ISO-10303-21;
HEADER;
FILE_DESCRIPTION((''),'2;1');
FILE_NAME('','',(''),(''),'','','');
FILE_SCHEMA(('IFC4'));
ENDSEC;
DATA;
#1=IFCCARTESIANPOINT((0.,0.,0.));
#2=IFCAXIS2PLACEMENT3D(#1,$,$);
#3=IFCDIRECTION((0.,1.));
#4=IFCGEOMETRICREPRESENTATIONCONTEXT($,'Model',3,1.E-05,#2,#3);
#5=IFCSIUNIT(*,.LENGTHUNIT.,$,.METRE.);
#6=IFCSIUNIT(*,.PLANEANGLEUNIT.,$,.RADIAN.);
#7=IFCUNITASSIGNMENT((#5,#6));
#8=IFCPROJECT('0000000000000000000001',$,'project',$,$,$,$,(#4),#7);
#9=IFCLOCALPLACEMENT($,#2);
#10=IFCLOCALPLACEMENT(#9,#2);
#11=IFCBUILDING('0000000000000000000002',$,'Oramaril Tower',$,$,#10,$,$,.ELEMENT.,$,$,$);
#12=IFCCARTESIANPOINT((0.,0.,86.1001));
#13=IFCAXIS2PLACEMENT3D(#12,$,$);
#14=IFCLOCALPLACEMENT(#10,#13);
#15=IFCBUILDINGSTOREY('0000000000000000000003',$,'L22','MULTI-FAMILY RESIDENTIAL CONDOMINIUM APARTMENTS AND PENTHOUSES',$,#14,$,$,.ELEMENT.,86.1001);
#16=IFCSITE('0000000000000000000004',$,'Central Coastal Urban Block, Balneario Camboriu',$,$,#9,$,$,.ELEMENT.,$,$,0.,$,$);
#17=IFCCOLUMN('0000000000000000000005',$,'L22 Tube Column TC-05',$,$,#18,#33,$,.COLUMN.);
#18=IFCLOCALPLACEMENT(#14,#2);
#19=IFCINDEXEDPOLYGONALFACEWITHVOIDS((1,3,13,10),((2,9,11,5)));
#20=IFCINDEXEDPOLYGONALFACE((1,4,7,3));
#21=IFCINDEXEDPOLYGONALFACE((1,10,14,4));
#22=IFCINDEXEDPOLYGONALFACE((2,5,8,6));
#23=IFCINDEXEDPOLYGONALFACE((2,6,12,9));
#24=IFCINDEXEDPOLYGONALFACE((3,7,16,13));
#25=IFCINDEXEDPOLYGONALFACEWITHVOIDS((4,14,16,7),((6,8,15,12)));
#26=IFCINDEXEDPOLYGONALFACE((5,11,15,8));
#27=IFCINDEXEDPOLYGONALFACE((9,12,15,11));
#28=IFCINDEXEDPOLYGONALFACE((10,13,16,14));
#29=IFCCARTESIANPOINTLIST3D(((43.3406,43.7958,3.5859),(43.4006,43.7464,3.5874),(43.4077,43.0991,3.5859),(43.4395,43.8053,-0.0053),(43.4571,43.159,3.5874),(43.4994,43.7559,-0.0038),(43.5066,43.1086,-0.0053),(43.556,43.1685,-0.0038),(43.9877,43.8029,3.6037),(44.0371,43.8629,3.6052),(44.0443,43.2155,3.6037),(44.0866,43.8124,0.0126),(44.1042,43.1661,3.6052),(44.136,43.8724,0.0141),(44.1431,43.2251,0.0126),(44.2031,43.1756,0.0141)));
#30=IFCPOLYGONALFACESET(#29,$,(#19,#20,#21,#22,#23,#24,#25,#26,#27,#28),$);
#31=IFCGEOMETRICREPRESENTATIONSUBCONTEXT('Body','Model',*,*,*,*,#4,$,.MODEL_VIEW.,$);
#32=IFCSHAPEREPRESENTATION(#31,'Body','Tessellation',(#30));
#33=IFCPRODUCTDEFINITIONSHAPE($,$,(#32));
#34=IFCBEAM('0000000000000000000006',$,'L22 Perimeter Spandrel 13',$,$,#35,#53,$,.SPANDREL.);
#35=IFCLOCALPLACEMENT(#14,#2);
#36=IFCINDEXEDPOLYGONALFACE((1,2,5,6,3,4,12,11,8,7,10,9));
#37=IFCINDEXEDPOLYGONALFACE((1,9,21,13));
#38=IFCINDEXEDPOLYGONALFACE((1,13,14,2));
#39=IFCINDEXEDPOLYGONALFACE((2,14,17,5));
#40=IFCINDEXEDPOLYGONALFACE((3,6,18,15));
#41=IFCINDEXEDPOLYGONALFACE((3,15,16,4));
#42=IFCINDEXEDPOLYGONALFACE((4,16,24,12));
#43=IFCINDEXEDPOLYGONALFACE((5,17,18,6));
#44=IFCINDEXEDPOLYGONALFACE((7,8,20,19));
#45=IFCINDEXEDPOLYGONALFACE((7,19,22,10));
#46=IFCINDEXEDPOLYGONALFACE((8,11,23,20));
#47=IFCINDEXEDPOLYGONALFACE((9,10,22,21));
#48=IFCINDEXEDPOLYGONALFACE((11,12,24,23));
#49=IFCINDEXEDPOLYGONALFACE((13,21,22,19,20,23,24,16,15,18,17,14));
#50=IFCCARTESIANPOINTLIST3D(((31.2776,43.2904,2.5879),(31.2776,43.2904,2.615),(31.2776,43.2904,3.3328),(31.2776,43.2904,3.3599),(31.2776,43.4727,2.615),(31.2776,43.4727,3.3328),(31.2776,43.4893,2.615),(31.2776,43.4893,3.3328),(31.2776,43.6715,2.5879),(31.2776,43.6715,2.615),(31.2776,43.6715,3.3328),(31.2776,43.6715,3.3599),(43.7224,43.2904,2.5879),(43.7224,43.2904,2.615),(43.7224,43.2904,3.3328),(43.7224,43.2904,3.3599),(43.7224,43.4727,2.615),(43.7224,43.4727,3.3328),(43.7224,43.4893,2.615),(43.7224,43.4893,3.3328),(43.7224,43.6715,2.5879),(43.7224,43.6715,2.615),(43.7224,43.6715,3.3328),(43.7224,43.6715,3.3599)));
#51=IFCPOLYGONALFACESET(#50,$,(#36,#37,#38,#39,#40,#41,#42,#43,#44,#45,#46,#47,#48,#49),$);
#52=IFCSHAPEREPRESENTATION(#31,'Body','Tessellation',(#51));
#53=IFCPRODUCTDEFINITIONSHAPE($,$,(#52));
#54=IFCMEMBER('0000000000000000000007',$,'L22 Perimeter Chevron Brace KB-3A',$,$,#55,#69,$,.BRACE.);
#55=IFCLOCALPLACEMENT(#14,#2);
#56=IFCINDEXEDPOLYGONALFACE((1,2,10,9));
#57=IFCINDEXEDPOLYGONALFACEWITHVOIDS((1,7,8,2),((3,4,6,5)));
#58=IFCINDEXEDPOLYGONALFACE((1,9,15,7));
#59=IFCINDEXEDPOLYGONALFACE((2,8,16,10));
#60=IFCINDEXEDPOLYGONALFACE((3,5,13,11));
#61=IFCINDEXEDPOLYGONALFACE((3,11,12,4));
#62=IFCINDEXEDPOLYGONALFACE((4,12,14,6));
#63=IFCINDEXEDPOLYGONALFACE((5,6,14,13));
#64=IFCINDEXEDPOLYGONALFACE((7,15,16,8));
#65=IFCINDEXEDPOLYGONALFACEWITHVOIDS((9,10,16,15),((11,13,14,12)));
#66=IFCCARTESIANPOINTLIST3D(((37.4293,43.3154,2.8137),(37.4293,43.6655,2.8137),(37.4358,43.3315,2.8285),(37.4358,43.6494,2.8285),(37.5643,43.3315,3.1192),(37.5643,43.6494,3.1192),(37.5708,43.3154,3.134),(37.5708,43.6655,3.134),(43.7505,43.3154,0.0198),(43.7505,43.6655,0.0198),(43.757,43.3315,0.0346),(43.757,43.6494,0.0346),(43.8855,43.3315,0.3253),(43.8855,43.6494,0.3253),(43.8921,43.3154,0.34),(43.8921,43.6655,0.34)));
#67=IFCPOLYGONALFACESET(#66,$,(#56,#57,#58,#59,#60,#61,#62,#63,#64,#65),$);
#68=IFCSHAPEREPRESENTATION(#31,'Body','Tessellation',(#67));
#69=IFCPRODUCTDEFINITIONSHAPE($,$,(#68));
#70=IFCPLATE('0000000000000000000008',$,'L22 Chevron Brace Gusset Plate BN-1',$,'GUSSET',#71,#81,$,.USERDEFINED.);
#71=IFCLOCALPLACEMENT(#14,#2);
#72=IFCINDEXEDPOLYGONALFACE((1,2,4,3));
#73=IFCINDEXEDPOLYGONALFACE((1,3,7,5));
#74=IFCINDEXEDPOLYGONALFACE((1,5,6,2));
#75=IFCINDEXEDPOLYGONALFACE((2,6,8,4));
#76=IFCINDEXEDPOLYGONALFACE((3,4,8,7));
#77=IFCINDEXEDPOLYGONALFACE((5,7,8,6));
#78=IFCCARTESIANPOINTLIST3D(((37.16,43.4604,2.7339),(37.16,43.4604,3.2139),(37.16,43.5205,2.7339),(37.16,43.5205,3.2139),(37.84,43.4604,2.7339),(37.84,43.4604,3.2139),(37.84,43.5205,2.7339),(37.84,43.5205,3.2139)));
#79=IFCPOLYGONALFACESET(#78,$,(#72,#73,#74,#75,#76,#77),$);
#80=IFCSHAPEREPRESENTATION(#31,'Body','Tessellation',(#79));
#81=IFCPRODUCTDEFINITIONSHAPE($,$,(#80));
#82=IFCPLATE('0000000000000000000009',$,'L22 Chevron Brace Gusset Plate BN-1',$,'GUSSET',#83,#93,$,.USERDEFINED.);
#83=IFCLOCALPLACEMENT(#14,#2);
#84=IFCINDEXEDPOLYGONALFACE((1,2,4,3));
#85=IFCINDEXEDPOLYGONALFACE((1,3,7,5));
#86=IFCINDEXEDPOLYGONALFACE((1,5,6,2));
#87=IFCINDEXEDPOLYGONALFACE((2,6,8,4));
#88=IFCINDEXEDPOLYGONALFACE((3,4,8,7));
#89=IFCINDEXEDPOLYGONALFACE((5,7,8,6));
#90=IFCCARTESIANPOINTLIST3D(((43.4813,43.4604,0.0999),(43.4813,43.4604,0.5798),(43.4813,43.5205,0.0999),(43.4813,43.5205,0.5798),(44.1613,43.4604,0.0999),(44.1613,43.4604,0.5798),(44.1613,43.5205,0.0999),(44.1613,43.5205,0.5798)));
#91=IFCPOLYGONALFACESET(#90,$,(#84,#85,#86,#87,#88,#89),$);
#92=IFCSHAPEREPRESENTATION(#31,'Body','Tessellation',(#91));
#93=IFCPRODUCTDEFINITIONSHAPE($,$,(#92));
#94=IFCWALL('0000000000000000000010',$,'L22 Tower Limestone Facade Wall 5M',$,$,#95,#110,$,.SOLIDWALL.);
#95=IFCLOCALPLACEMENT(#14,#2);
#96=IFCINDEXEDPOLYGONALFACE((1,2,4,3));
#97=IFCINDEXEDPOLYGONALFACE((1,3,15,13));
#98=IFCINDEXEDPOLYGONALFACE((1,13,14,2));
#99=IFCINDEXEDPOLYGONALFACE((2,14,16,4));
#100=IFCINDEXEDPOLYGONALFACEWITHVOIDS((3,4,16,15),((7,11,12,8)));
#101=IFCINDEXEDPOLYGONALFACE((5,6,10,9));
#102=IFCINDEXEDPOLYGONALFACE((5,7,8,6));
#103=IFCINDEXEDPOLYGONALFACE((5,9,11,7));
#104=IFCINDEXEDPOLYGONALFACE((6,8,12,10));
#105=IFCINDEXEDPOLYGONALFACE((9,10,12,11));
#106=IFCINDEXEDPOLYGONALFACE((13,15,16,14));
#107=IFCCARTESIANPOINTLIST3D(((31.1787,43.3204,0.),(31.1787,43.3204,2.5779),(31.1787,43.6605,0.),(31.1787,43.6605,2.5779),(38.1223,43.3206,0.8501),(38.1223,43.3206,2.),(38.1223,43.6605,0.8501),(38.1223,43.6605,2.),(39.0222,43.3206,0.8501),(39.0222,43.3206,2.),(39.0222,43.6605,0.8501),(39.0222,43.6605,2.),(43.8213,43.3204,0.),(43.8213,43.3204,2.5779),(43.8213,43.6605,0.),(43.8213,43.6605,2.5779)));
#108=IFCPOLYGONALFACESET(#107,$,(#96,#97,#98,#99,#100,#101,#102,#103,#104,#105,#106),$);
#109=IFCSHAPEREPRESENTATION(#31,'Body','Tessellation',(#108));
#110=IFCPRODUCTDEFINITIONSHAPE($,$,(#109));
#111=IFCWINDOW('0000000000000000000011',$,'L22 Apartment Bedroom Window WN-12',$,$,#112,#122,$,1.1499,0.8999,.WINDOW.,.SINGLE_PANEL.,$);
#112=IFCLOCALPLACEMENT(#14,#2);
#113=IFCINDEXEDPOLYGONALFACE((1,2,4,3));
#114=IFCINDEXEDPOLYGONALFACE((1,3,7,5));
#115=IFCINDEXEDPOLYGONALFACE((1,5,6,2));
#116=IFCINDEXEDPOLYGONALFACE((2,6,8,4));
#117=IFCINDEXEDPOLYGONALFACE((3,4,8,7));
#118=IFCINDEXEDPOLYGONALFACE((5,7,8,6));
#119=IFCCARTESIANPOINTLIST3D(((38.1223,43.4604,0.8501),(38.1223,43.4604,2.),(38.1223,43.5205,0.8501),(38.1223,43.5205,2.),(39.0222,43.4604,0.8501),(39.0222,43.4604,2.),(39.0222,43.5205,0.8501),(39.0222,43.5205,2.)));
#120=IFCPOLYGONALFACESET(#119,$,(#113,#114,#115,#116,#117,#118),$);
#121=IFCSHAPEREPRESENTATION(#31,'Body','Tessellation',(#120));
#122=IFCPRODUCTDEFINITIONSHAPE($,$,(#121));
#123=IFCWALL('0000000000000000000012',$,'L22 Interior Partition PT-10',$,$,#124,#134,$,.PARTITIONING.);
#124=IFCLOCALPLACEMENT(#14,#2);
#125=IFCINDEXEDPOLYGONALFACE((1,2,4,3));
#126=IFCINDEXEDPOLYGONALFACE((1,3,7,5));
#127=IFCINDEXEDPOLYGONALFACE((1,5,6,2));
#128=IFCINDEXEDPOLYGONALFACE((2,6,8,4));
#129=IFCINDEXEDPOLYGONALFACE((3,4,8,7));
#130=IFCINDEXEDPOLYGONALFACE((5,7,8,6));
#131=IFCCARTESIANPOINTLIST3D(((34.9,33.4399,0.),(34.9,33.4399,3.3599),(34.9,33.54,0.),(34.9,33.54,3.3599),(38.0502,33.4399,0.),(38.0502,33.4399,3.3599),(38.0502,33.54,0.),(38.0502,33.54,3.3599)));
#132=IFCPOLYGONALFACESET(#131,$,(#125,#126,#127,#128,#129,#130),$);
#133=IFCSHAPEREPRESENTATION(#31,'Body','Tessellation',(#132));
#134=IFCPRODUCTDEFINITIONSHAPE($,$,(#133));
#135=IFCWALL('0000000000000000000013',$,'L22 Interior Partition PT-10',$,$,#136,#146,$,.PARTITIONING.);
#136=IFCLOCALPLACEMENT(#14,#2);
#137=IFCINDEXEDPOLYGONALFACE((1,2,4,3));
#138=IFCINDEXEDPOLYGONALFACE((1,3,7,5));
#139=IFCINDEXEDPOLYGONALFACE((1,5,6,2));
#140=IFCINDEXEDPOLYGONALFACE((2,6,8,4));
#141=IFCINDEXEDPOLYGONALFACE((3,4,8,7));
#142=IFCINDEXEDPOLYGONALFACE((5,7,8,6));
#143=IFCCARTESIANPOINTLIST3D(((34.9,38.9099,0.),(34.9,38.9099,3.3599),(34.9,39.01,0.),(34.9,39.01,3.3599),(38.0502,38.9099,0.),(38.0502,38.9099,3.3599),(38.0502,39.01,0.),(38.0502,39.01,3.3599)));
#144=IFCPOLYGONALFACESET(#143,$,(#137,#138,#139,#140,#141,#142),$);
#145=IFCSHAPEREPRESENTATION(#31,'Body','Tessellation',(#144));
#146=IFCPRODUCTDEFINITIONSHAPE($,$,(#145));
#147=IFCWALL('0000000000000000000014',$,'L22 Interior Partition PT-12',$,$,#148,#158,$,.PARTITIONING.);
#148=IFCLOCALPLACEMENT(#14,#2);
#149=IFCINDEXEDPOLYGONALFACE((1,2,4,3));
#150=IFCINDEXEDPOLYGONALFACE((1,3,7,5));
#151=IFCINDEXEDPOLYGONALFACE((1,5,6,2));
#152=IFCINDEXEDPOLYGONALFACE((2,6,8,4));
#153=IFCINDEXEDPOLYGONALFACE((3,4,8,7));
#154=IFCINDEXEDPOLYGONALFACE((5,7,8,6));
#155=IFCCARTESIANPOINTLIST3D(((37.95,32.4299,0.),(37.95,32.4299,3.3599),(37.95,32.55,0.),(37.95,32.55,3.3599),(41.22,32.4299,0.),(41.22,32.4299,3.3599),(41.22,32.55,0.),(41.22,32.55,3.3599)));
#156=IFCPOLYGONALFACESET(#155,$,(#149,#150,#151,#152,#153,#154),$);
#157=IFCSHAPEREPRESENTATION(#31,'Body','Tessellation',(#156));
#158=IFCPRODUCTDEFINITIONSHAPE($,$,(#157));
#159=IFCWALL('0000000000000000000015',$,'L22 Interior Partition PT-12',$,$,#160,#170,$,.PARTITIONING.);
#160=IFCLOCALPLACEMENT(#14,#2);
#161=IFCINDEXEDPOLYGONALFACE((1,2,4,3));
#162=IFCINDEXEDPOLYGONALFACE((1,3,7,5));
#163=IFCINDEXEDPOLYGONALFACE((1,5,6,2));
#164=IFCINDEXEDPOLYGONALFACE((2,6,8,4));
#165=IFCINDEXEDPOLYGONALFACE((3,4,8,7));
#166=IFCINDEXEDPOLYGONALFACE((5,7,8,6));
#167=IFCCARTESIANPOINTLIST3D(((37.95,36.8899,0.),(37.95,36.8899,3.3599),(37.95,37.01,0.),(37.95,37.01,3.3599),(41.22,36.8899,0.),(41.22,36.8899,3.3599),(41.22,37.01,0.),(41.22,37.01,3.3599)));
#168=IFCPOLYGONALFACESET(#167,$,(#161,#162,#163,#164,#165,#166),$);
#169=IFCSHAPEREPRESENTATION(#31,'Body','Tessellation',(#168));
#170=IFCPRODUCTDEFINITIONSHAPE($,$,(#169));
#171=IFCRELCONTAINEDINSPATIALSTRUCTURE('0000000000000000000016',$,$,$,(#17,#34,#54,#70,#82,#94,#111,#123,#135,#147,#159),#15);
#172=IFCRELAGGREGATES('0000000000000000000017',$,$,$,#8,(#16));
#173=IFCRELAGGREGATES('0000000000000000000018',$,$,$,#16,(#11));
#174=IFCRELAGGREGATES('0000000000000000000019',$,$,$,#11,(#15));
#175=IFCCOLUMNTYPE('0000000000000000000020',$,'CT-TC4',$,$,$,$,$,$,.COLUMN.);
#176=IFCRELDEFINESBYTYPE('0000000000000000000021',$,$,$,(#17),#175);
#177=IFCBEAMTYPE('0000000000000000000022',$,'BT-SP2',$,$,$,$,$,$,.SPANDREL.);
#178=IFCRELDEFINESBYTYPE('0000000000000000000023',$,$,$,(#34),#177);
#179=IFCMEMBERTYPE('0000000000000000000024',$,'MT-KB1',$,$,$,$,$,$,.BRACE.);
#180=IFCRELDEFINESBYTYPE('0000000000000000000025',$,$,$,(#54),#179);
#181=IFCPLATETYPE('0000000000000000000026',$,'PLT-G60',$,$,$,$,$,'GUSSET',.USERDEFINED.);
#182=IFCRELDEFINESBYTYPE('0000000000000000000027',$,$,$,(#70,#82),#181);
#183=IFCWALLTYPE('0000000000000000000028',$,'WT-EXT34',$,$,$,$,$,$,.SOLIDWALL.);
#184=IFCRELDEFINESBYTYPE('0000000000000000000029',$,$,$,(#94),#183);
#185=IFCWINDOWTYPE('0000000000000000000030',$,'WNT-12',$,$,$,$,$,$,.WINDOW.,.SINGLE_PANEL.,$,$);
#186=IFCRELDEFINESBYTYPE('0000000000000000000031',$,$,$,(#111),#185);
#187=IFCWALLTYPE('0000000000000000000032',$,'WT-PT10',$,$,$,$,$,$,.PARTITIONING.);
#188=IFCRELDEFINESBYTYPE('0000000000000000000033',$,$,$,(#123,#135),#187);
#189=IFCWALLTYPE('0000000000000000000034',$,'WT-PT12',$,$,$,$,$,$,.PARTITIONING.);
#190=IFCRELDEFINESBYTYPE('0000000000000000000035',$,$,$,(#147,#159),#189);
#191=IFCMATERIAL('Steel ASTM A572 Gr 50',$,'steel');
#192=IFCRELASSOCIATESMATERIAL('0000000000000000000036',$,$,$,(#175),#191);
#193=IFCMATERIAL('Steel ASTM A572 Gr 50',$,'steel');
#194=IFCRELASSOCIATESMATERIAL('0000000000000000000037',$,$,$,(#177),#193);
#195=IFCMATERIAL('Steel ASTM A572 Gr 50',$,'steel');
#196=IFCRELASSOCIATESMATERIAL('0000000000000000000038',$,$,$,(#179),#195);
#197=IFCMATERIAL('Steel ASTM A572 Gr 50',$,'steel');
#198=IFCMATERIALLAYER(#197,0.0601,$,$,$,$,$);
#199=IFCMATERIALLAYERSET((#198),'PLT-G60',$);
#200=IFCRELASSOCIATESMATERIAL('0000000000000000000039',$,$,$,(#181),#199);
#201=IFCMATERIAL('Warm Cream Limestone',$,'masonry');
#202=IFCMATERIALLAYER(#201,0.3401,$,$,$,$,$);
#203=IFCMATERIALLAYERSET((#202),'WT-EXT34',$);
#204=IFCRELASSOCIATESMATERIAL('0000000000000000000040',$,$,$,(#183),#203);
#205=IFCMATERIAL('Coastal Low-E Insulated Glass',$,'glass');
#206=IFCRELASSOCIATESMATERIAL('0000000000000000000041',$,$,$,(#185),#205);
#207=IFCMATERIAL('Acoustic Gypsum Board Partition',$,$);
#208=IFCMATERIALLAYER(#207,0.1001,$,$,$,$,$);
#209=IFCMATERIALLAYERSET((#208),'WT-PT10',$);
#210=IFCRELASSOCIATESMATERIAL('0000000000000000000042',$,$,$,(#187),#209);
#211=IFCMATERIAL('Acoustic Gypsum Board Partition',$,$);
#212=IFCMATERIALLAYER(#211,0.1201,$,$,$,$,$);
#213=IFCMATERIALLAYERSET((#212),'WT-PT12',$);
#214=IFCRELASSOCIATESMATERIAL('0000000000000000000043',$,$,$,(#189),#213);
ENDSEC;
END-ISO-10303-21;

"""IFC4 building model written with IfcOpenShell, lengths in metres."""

from ifc_helpers import new_model, si_unit, direction, frame, frame_2d, origin, origin_2d, place, context, subcontext, project, spatial, rectangle, hollow_rectangle, i_section, extrude, material, layer, layer_set, material_profile, profile_set, type_object, element, fill, save


model = new_model("IFC4")

# Units and contexts
model_context = context("Model", 3, precision=1e-05, world=origin(), true_north=direction((0.0, 1.0)))
body_context = subcontext(model_context, "Body", "Model", "MODEL_VIEW")
ifc_project = project(units=[si_unit("LENGTHUNIT", "METRE"), si_unit("PLANEANGLEUNIT", "RADIAN")], contexts=[model_context])

# Site, building, storey
site_placement = place(None, origin())
site = spatial("IfcSite", under=ifc_project, at=site_placement, Name="Central Coastal Urban Block, Balneario Camboriu", CompositionType="ELEMENT", RefElevation=0.0)
building_placement = place(site_placement, origin())
building = spatial("IfcBuilding", under=site, at=building_placement, Name="Oramaril Tower", CompositionType="ELEMENT")
storey_placement = place(building_placement, frame((0.0, 0.0, 86.1001)))
storey = spatial("IfcBuildingStorey", under=building, at=storey_placement, Name="L22", Description="MULTI-FAMILY RESIDENTIAL CONDOMINIUM APARTMENTS AND PENTHOUSES", CompositionType="ELEMENT", Elevation=86.1001)

# Column
ifc_material_1 = material(Name="Steel ASTM A572 Gr 50", Category="steel")
ifc_material_profile_1 = material_profile(ifc_material_1, hollow_rectangle(XDim=0.7, YDim=0.7, WallThickness=0.0549, at=origin_2d()), Name="BOX700X700X55")
ifc_profile_set_1 = profile_set([ifc_material_profile_1], Name="Steel ASTM A572 Gr 50")
column_type = type_object("IfcColumnType", Name="CT-TC4", PredefinedType="COLUMN", material=ifc_profile_set_1)
column_placement = place(storey_placement, frame((43.8213, 43.4905, 0.0044), z_axis=(-0.027524, -0.00265, 0.999618), x_axis=(0.095853, -0.995396, 0.0)))
element("IfcColumn", 1, at=column_placement, inside=storey, type_object=column_type, Name="L22 Tube Column TC-05", PredefinedType="COLUMN", context=body_context, shape_type="SweptSolid", body=[
    extrude(hollow_rectangle(XDim=0.7, YDim=0.7, WallThickness=0.0549, at=origin_2d()), origin(), (0.0, 0.0, 1.0), 3.5925),
])

# Beam
ifc_material_2 = material(Name="Steel ASTM A572 Gr 50", Category="steel")
ifc_material_profile_2 = material_profile(ifc_material_2, i_section(OverallWidth=0.3811, OverallDepth=0.772, WebThickness=0.0166, FlangeThickness=0.0271, at=origin_2d()), Name="W30X173")
ifc_profile_set_2 = profile_set([ifc_material_profile_2], Name="Steel ASTM A572 Gr 50")
beam_type = type_object("IfcBeamType", Name="BT-SP2", PredefinedType="SPANDREL", material=ifc_profile_set_2)
beam_placement = place(storey_placement, frame((43.7224, 43.481, 2.9739), z_axis=(-1.0, 0.0, 0.0), x_axis=(0.0, -1.0, 0.0)))
element("IfcBeam", 2, at=beam_placement, inside=storey, type_object=beam_type, Name="L22 Perimeter Spandrel 13", PredefinedType="SPANDREL", context=body_context, shape_type="SweptSolid", body=[
    extrude(i_section(OverallWidth=0.3811, OverallDepth=0.772, WebThickness=0.0166, FlangeThickness=0.0271, at=origin_2d()), origin(), (0.0, 0.0, 1.0), 12.4448),
])

# Member
ifc_material_3 = material(Name="Steel ASTM A572 Gr 50", Category="steel")
ifc_material_profile_3 = material_profile(ifc_material_3, hollow_rectangle(XDim=0.3501, YDim=0.3501, WallThickness=0.0161, at=origin_2d()), Name="HSS350X350X16")
ifc_profile_set_3 = profile_set([ifc_material_profile_3], Name="Steel ASTM A572 Gr 50")
member_type = type_object("IfcMemberType", Name="MT-KB1", PredefinedType="BRACE", material=ifc_profile_set_3)
member_placement = place(storey_placement, frame((43.8213, 43.4905, 0.1799), z_axis=(-0.914643, 0.0, 0.404263), x_axis=(0.0, -1.0, 0.0)))
element("IfcMember", 3, at=member_placement, inside=storey, type_object=member_type, Name="L22 Perimeter Chevron Brace KB-3A", PredefinedType="BRACE", context=body_context, shape_type="SweptSolid", body=[
    extrude(hollow_rectangle(XDim=0.3501, YDim=0.3501, WallThickness=0.0161, at=origin_2d()), origin(), (0.0, 0.0, 1.0), 6.9111),
])

# Plates
ifc_material_4 = material(Name="Steel ASTM A572 Gr 50", Category="steel")
ifc_layer_1 = layer(ifc_material_4, 0.0601)
ifc_layer_set_1 = layer_set([ifc_layer_1], Name="PLT-G60")
plate_type = type_object("IfcPlateType", Name="PLT-G60", ElementType="GUSSET", PredefinedType="USERDEFINED", material=ifc_layer_set_1)
for number, where, z_axis, x_axis, name in (
    (4, (37.5, 43.4905, 2.7339), (0.0, 0.0, 1.0), (-1.0, 0.0, 0.0), "L22 Chevron Brace Gusset Plate BN-1"),
    (5, (43.8213, 43.4905, 0.0999), (0.0, 0.0, 1.0), (-1.0, 0.0, 0.0), "L22 Chevron Brace Gusset Plate BN-1"),
):
    element("IfcPlate", number, at=place(storey_placement, frame(where, z_axis=z_axis, x_axis=x_axis)), inside=storey, type_object=plate_type, Name=name, ObjectType="GUSSET", PredefinedType="USERDEFINED", context=body_context, shape_type="SweptSolid", body=[
        extrude(rectangle(XDim=0.6799, YDim=0.0601, at=origin_2d()), origin(), (0.0, 0.0, 1.0), 0.48),
    ])

# Wall, opening, window
ifc_material_5 = material(Name="Warm Cream Limestone", Category="masonry")
ifc_layer_2 = layer(ifc_material_5, 0.3401)
ifc_layer_set_2 = layer_set([ifc_layer_2], Name="WT-EXT34")
wall_type_1 = type_object("IfcWallType", Name="WT-EXT34", PredefinedType="SOLIDWALL", material=ifc_layer_set_2)
wall_1_placement = place(storey_placement, frame((43.8213, 43.4905, 0.0), z_axis=(0.0, 0.0, 1.0), x_axis=(-1.0, 0.0, 0.0)))
wall_1 = element("IfcWall", 6, at=wall_1_placement, inside=storey, type_object=wall_type_1, Name="L22 Tower Limestone Facade Wall 5M", PredefinedType="SOLIDWALL", context=body_context, shape_type="SweptSolid", body=[
    extrude(rectangle(XDim=12.6426, YDim=0.3401, at=frame_2d((6.3213, 0.0))), origin(), (0.0, 0.0, 1.0), 2.5779),
])
opening_1_placement = place(wall_1_placement, frame((4.7991, 0.0, 0.8501)))
opening_1 = element("IfcOpeningElement", 7, at=opening_1_placement, cuts=wall_1, PredefinedType="OPENING", context=body_context, shape_type="SweptSolid", body=[
    extrude(rectangle(XDim=0.8999, YDim=1.1499, at=frame_2d((0.45, 0.575))), frame((0.0, 0.1699, 0.0), z_axis=(0.0, -1.0, 0.0), x_axis=(1.0, 0.0, 0.0)), (0.0, 0.0, 1.0), 0.3401),
])
ifc_material_6 = material(Name="Coastal Low-E Insulated Glass", Category="glass")
window_type = type_object("IfcWindowType", Name="WNT-12", PartitioningType="SINGLE_PANEL", PredefinedType="WINDOW", material=ifc_material_6)
window_placement = place(opening_1_placement, origin())
window = element("IfcWindow", 8, at=window_placement, inside=storey, type_object=window_type, Name="L22 Apartment Bedroom Window WN-12", OverallHeight=1.1499, OverallWidth=0.8999, PartitioningType="SINGLE_PANEL", PredefinedType="WINDOW", context=body_context, shape_type="SweptSolid", body=[
    extrude(rectangle(XDim=0.8999, YDim=1.1499, at=frame_2d((0.45, 0.575))), frame((0.0, 0.03, 0.0), z_axis=(0.0, -1.0, 0.0), x_axis=(1.0, 0.0, 0.0)), (0.0, 0.0, 1.0), 0.0601),
])
fill(opening_1, window)

# Walls
ifc_material_7 = material(Name="Acoustic Gypsum Board Partition")
ifc_layer_3 = layer(ifc_material_7, 0.1001)
ifc_layer_set_3 = layer_set([ifc_layer_3], Name="WT-PT10")
wall_type_2 = type_object("IfcWallType", Name="WT-PT10", PredefinedType="PARTITIONING", material=ifc_layer_set_3)
for number, where, z_axis, x_axis, name in (
    (9, (34.8999, 33.49, 0.0), (0.0, 0.0, 1.0), (1.0, 0.0, 0.0), "L22 Interior Partition PT-10"),
    (10, (34.8999, 38.96, 0.0), (0.0, 0.0, 1.0), (1.0, 0.0, 0.0), "L22 Interior Partition PT-10"),
):
    element("IfcWall", number, at=place(storey_placement, frame(where, z_axis=z_axis, x_axis=x_axis)), inside=storey, type_object=wall_type_2, Name=name, PredefinedType="PARTITIONING", context=body_context, shape_type="SweptSolid", body=[
        extrude(rectangle(XDim=3.1501, YDim=0.1001, at=frame_2d((1.5752, 0.0))), origin(), (0.0, 0.0, 1.0), 3.3599),
    ])
ifc_material_8 = material(Name="Acoustic Gypsum Board Partition")
ifc_layer_4 = layer(ifc_material_8, 0.1201)
ifc_layer_set_4 = layer_set([ifc_layer_4], Name="WT-PT12")
wall_type_3 = type_object("IfcWallType", Name="WT-PT12", PredefinedType="PARTITIONING", material=ifc_layer_set_4)
for number, where, z_axis, x_axis, name in (
    (11, (37.95, 32.49, 0.0), (0.0, 0.0, 1.0), (1.0, 0.0, 0.0), "L22 Interior Partition PT-12"),
    (12, (37.95, 36.95, 0.0), (0.0, 0.0, 1.0), (1.0, 0.0, 0.0), "L22 Interior Partition PT-12"),
):
    element("IfcWall", number, at=place(storey_placement, frame(where, z_axis=z_axis, x_axis=x_axis)), inside=storey, type_object=wall_type_3, Name=name, PredefinedType="PARTITIONING", context=body_context, shape_type="SweptSolid", body=[
        extrude(rectangle(XDim=3.27, YDim=0.1201, at=frame_2d((1.635, 0.0))), origin(), (0.0, 0.0, 1.0), 3.3599),
    ])

save(model, "model.ifc")
